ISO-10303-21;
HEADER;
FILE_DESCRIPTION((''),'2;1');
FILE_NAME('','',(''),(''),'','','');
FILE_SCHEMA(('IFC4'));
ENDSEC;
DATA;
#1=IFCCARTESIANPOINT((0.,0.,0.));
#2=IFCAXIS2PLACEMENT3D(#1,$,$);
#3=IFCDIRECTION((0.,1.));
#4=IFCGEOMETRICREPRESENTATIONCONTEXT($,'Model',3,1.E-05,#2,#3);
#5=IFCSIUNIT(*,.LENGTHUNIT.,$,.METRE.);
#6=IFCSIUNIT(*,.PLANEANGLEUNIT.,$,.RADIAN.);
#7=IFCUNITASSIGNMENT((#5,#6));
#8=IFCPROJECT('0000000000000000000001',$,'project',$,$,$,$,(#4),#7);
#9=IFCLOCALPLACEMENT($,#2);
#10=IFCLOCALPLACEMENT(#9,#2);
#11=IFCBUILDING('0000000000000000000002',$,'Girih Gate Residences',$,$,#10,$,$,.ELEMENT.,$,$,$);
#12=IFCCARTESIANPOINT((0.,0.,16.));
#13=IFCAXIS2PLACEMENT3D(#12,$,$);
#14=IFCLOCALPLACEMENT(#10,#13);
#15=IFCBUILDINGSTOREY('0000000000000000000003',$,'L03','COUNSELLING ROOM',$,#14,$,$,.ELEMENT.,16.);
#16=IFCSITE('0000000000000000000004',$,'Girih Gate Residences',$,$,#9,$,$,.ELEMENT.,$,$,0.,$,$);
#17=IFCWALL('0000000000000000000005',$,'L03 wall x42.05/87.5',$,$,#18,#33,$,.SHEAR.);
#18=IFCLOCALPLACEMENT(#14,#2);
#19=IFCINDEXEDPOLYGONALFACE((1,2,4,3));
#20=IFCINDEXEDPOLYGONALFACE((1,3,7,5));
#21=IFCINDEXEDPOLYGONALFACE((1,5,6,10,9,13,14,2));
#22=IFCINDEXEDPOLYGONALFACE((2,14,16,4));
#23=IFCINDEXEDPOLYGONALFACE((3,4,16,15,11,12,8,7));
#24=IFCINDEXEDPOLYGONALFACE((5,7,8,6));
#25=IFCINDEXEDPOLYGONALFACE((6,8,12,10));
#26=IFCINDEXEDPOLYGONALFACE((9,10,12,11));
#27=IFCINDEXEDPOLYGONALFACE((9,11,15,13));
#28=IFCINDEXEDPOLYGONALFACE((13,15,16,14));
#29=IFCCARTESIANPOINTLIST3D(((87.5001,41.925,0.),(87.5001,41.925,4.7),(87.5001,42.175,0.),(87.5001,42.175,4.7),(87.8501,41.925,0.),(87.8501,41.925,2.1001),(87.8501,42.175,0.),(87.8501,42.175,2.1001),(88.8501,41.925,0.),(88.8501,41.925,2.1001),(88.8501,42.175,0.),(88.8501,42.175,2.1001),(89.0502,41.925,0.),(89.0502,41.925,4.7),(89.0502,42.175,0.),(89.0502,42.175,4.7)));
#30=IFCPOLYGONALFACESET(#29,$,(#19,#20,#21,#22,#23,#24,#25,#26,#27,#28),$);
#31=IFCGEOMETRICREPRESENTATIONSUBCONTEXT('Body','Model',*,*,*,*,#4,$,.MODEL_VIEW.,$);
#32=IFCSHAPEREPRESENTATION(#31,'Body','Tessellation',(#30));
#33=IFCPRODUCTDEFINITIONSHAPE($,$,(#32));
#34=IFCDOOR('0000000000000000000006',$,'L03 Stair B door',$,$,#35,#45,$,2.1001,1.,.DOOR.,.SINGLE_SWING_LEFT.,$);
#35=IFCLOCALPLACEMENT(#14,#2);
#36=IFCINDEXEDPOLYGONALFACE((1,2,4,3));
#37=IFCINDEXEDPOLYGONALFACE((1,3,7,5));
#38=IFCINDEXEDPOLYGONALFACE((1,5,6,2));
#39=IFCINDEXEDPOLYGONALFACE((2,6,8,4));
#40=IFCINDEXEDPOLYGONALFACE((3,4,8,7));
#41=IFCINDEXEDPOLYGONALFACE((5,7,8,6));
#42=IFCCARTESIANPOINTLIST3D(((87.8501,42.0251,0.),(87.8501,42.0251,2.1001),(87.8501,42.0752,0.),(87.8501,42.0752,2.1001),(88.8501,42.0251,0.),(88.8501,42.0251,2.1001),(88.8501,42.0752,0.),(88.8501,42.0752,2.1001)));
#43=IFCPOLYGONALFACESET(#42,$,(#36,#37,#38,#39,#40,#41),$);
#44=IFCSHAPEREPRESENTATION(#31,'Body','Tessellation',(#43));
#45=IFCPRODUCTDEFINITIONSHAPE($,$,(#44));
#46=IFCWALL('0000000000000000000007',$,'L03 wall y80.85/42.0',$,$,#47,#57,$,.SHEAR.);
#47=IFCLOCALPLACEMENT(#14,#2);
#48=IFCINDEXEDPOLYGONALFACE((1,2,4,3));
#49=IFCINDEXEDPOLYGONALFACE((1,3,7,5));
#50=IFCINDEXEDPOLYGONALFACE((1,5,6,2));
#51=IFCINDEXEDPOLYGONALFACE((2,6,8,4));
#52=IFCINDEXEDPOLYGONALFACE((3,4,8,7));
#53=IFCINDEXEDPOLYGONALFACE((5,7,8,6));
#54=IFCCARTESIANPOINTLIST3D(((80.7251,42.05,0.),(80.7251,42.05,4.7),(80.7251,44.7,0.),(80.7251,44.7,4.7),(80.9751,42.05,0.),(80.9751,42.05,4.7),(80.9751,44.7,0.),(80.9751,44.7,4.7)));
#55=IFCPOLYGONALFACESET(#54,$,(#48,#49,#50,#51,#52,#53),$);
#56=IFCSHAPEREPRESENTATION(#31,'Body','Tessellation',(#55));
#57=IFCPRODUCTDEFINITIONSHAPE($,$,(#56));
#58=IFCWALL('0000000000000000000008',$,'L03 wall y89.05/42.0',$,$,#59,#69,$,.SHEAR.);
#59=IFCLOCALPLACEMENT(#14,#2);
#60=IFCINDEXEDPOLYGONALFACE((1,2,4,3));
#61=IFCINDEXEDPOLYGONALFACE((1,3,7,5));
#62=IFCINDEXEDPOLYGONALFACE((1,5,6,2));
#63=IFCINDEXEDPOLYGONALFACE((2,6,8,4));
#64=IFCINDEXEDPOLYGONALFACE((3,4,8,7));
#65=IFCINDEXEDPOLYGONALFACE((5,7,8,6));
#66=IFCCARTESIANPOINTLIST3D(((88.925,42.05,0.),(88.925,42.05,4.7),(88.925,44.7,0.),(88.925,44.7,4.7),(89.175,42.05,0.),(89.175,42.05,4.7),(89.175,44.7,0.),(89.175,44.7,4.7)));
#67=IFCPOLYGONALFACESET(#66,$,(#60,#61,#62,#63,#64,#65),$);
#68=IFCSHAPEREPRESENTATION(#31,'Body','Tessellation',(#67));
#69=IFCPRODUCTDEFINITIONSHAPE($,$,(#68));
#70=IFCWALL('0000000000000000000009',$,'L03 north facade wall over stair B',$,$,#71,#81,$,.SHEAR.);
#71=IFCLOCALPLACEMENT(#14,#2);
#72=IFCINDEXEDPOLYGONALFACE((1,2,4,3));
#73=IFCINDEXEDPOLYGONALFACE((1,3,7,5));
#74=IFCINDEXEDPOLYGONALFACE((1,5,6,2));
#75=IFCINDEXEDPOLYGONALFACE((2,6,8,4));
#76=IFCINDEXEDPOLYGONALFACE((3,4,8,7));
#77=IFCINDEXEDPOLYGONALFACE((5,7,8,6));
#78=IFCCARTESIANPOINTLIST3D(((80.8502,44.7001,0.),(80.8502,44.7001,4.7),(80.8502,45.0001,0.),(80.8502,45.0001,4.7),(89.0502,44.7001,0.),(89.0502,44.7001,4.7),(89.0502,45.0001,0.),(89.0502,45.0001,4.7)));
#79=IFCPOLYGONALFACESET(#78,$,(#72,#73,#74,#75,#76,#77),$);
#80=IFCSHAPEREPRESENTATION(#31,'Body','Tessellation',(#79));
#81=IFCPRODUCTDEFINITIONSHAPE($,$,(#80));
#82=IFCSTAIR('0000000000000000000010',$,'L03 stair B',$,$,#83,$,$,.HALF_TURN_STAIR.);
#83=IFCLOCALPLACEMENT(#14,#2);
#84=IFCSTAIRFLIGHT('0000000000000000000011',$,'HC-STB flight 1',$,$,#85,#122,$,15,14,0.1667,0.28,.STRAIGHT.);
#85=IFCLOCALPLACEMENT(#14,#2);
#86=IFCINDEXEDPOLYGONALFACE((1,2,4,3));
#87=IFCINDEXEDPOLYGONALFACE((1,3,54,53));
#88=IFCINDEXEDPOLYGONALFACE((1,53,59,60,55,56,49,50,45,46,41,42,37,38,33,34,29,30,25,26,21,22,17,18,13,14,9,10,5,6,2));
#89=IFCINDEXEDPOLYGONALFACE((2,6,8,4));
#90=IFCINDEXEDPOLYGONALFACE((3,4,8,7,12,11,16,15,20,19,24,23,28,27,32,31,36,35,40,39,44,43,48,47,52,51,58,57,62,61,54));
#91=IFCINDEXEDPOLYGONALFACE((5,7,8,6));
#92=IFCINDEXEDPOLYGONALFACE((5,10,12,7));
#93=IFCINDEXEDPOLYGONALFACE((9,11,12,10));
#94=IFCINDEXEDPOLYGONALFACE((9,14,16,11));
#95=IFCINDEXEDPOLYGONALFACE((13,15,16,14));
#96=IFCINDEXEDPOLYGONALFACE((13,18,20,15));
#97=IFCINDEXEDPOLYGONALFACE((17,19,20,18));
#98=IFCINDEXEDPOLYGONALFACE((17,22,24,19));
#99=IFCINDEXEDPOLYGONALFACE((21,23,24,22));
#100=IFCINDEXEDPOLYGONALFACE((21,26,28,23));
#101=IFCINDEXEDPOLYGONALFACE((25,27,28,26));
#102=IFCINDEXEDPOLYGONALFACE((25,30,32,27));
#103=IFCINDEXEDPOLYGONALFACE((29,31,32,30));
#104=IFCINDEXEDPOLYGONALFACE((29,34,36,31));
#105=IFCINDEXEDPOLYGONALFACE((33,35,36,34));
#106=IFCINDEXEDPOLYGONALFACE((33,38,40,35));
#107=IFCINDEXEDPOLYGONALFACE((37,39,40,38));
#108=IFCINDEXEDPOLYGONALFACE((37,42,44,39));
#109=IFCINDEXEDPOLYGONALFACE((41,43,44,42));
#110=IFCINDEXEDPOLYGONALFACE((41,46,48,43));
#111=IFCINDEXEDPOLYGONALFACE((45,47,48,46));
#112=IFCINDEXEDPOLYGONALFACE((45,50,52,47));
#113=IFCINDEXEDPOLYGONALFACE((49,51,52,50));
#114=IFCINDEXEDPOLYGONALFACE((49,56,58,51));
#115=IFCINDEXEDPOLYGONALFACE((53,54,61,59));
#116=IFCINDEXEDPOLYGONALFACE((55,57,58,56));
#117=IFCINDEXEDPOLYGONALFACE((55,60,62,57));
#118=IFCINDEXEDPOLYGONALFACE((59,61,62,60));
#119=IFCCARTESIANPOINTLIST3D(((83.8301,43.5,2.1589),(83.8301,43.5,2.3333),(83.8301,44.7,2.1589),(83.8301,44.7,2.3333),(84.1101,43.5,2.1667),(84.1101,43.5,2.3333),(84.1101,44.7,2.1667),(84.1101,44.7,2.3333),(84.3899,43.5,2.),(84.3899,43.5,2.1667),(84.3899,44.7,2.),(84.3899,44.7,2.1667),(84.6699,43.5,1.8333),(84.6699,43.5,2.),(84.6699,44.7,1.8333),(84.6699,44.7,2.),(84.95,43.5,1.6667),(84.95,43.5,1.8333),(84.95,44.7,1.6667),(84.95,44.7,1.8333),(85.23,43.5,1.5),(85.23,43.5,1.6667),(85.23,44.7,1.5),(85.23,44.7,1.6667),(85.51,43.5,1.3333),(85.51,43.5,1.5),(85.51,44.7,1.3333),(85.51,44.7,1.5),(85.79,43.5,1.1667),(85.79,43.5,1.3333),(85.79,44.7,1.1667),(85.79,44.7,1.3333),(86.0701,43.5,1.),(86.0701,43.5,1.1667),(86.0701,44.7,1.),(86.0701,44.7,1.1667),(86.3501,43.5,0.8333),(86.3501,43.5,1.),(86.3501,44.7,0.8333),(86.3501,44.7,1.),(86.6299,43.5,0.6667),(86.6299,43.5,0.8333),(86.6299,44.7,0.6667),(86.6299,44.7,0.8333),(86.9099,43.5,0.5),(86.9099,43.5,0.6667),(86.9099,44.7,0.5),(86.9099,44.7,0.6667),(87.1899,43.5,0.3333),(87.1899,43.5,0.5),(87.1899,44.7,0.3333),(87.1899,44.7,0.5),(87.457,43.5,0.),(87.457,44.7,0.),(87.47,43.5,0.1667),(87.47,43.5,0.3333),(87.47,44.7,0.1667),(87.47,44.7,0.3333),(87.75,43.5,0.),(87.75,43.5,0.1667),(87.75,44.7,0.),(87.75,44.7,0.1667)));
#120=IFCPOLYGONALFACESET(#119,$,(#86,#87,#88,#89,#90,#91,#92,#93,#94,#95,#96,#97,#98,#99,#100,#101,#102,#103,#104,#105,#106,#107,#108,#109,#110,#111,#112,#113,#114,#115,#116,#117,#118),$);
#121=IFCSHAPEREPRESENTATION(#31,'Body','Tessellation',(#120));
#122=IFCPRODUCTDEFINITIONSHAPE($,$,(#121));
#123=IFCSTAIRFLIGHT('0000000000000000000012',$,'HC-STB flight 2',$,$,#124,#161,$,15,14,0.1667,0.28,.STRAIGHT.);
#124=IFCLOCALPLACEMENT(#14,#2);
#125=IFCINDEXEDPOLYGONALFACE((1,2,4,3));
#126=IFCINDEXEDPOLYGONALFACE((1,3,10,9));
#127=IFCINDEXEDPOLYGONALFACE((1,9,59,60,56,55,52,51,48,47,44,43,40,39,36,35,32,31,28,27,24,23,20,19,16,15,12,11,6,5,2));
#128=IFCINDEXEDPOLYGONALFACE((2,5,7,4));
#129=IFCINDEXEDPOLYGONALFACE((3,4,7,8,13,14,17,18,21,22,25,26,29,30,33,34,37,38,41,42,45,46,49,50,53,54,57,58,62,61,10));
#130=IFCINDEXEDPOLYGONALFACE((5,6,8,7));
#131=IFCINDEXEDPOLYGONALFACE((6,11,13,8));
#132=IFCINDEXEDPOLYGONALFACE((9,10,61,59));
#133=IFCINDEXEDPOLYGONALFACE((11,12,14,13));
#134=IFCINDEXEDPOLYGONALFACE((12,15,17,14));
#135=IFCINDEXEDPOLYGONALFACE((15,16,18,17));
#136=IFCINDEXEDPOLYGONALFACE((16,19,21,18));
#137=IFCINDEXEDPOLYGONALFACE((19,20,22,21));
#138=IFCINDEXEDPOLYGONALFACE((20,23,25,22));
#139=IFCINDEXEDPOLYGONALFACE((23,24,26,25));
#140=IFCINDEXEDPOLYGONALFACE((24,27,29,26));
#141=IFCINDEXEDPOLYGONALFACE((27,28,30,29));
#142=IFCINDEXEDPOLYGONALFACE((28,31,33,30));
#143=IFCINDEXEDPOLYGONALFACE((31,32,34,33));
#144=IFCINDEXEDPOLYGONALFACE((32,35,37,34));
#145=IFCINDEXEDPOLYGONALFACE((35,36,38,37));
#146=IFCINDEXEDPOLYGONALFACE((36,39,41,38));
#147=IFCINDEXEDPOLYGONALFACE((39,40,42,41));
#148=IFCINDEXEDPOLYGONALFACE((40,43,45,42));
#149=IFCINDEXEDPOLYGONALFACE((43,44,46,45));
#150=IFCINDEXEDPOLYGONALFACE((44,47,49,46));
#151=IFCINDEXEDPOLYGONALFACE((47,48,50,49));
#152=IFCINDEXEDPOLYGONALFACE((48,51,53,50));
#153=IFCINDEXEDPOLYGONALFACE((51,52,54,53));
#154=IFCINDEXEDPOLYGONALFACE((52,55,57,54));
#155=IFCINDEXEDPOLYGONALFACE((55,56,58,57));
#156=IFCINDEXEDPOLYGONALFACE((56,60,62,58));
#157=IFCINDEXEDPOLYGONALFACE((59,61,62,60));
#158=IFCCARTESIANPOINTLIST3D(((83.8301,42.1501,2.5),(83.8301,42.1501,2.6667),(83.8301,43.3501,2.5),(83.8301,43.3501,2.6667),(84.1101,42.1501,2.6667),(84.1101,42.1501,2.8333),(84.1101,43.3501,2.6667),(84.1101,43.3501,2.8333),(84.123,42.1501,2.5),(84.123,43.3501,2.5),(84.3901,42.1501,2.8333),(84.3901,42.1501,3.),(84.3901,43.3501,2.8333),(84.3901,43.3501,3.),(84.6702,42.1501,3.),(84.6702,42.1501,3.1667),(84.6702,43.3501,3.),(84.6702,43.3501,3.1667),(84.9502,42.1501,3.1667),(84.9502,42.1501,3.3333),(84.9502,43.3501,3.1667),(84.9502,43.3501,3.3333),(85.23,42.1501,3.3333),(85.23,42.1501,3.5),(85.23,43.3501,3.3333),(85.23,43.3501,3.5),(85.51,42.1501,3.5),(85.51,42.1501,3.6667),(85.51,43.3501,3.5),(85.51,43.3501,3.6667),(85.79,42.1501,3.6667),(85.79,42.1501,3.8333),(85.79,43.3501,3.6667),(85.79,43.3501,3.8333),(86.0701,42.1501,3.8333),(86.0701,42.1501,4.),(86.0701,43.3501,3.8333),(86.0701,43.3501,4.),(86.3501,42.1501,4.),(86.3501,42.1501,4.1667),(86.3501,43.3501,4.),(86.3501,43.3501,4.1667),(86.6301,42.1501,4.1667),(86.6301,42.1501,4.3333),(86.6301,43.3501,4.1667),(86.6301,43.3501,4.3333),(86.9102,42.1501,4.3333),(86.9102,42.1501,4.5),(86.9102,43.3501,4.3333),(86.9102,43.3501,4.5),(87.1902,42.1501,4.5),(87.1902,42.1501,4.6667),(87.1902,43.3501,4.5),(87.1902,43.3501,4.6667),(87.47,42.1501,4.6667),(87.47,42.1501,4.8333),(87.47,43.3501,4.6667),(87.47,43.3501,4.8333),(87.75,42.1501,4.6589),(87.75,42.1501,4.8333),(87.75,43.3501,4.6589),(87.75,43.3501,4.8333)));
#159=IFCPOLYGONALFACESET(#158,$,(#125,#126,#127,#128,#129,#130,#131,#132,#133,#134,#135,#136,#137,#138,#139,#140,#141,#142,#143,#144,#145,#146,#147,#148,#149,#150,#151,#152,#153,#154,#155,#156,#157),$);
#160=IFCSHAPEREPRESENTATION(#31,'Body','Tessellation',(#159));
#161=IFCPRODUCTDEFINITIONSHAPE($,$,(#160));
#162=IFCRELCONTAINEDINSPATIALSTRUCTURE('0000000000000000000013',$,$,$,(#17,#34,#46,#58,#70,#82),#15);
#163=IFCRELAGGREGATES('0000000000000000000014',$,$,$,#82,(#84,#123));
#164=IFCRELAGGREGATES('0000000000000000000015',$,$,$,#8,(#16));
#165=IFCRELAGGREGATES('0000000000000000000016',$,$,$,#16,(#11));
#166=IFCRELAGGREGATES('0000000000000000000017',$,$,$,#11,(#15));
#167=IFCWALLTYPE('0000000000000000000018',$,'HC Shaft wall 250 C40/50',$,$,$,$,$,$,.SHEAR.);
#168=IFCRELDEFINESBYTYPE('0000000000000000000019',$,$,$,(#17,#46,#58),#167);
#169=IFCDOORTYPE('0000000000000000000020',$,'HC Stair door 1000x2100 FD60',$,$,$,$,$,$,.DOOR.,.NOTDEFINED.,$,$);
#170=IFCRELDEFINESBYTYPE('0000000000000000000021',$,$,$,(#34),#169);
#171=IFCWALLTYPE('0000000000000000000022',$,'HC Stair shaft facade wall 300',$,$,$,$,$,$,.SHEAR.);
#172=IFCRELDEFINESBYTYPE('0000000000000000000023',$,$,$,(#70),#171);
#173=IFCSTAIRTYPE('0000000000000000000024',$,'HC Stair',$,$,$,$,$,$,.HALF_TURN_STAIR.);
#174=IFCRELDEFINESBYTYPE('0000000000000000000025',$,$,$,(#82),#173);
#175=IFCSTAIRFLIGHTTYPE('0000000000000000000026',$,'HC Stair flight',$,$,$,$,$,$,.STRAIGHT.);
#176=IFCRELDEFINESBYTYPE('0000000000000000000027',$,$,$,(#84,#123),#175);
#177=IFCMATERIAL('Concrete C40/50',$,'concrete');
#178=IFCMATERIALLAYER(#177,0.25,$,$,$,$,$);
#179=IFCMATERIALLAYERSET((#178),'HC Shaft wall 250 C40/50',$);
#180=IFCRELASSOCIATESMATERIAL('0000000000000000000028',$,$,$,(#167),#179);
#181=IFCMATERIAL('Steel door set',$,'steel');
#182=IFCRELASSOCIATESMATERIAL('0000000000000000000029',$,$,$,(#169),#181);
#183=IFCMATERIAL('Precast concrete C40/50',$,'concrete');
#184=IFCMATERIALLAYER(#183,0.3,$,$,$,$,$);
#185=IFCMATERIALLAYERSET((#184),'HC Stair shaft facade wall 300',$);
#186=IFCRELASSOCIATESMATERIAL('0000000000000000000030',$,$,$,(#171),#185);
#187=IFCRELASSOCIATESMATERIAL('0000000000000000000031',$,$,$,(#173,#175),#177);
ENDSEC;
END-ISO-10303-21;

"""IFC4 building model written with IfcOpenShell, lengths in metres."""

from ifc_helpers import new_model, si_unit, direction, frame, frame_2d, origin, place, context, subcontext, project, spatial, polyline, rectangle, outline, extrude, material, layer, layer_set, type_object, element, fill, aggregate, save


model = new_model("IFC4")

# Units and contexts
model_context = context("Model", 3, precision=1e-05, world=origin(), true_north=direction((0.0, 1.0)))
body_context = subcontext(model_context, "Body", "Model", "MODEL_VIEW")
ifc_project = project(units=[si_unit("LENGTHUNIT", "METRE"), si_unit("PLANEANGLEUNIT", "RADIAN")], contexts=[model_context])

# Site, building, storey
site_placement = place(None, origin())
site = spatial("IfcSite", under=ifc_project, at=site_placement, Name="Girih Gate Residences", CompositionType="ELEMENT", RefElevation=0.0)
building_placement = place(site_placement, origin())
building = spatial("IfcBuilding", under=site, at=building_placement, Name="Girih Gate Residences", CompositionType="ELEMENT")
storey_placement = place(building_placement, frame((0.0, 0.0, 16.0)))
storey = spatial("IfcBuildingStorey", under=building, at=storey_placement, Name="L03", Description="COUNSELLING ROOM", CompositionType="ELEMENT", Elevation=16.0)

# Shared definitions
ifc_material_1 = material(Name="Precast concrete C40/50", Category="concrete")
ifc_material_2 = material(Name="Concrete C40/50", Category="concrete")
ifc_layer_1 = layer(ifc_material_2, 0.25)
ifc_layer_set_1 = layer_set([ifc_layer_1], Name="HC Shaft wall 250 C40/50")
wall_type_1 = type_object("IfcWallType", Name="HC Shaft wall 250 C40/50", PredefinedType="SHEAR", material=ifc_layer_set_1)

# Wall, opening, door
wall_1_placement = place(storey_placement, frame((89.05, 42.05, 0.0), z_axis=(0.0, 0.0, 1.0), x_axis=(-1.0, 0.0, 0.0)))
wall_1 = element("IfcWall", 1, at=wall_1_placement, inside=storey, type_object=wall_type_1, Name="L03 wall x42.05/87.5", PredefinedType="SHEAR", context=body_context, shape_type="SweptSolid", body=[
    extrude(rectangle(XDim=1.55, YDim=0.25, at=frame_2d((0.7749, 0.0))), origin(), (0.0, 0.0, 1.0), 4.7),
])
opening_1_placement = place(wall_1_placement, frame((0.2, 0.0, 0.0)))
opening_1 = element("IfcOpeningElement", 2, at=opening_1_placement, cuts=wall_1, PredefinedType="OPENING", context=body_context, shape_type="SweptSolid", body=[
    extrude(rectangle(XDim=1.0, YDim=2.1001, at=frame_2d((0.5, 1.05))), frame((0.0, 0.135, 0.0), z_axis=(0.0, -1.0, 0.0), x_axis=(1.0, 0.0, 0.0)), (0.0, 0.0, 1.0), 0.27),
])
ifc_material_3 = material(Name="Steel door set", Category="steel")
door_type_1 = type_object("IfcDoorType", Name="HC Stair door 1000x2100 FD60", OperationType="NOTDEFINED", PredefinedType="DOOR", material=ifc_material_3)
door_1_placement = place(opening_1_placement, origin())
door_1 = element("IfcDoor", 3, at=door_1_placement, inside=storey, type_object=door_type_1, Name="L03 Stair B door", OperationType="SINGLE_SWING_LEFT", OverallHeight=2.1001, OverallWidth=1.0, PredefinedType="DOOR", context=body_context, shape_type="SweptSolid", body=[
    extrude(rectangle(XDim=1.0, YDim=2.1001, at=frame_2d((0.5, 1.05))), frame((0.0, 0.0249, 0.0), z_axis=(0.0, -1.0, 0.0), x_axis=(1.0, 0.0, 0.0)), (0.0, 0.0, 1.0), 0.05),
])
fill(opening_1, door_1)

# Walls
for number, where, z_axis, x_axis, name in (
    (4, (80.8501, 42.05, 0.0), (0.0, 0.0, 1.0), (0.0, 1.0, 0.0), "L03 wall y80.85/42.0"),
    (5, (89.05, 42.05, 0.0), (0.0, 0.0, 1.0), (0.0, 1.0, 0.0), "L03 wall y89.05/42.0"),
):
    element("IfcWall", number, at=place(storey_placement, frame(where, z_axis=z_axis, x_axis=x_axis)), inside=storey, type_object=wall_type_1, Name=name, PredefinedType="SHEAR", context=body_context, shape_type="SweptSolid", body=[
        extrude(rectangle(XDim=2.6499, YDim=0.25, at=frame_2d((1.325, 0.0))), origin(), (0.0, 0.0, 1.0), 4.7),
    ])
ifc_layer_2 = layer(ifc_material_1, 0.3)
ifc_layer_set_2 = layer_set([ifc_layer_2], Name="HC Stair shaft facade wall 300")
wall_type_2 = type_object("IfcWallType", Name="HC Stair shaft facade wall 300", PredefinedType="SHEAR", material=ifc_layer_set_2)
wall_2_placement = place(storey_placement, frame((80.8501, 44.8501, 0.0), z_axis=(0.0, 0.0, 1.0), x_axis=(1.0, 0.0, 0.0)))
element("IfcWall", 6, at=wall_2_placement, inside=storey, type_object=wall_type_2, Name="L03 north facade wall over stair B", PredefinedType="SHEAR", context=body_context, shape_type="SweptSolid", body=[
    extrude(rectangle(XDim=8.2, YDim=0.3, at=frame_2d((4.1001, 0.0))), origin(), (0.0, 0.0, 1.0), 4.7),
])

# Stair, stair flights
stair_type = type_object("IfcStairType", Name="HC Stair", PredefinedType="HALF_TURN_STAIR", material=ifc_material_2)
stair_placement = place(storey_placement, origin())
stair = element("IfcStair", 7, at=stair_placement, inside=storey, type_object=stair_type, Name="L03 stair B", PredefinedType="HALF_TURN_STAIR")
stair_flight_type = type_object("IfcStairFlightType", Name="HC Stair flight", PredefinedType="STRAIGHT", material=ifc_material_2)
stair_flight_1_placement = place(storey_placement, frame((87.75, 44.1001, 0.0), z_axis=(0.0, 0.0, 1.0), x_axis=(-1.0, 0.0, 0.0)))
stair_flight_1 = element("IfcStairFlight", 8, at=stair_flight_1_placement, type_object=stair_flight_type, Name="HC-STB flight 1", NumberOfRisers=15, NumberOfTreads=14, PredefinedType="STRAIGHT", RiserHeight=0.1667, TreadLength=0.28, context=body_context, shape_type="SweptSolid", body=[
    extrude(outline(polyline([(0.0, 0.0), (0.0, 0.1667), (0.28, 0.1667), (0.28, 0.3333), (0.5601, 0.3333), (0.5601, 0.5), (0.8401, 0.5), (0.8401, 0.6667), (1.1201, 0.6667), (1.1201, 0.8333), (1.3999, 0.8333), (1.3999, 1.0), (1.6799, 1.0), (1.6799, 1.1667), (1.96, 1.1667), (1.96, 1.3333), (2.24, 1.3333), (2.24, 1.5), (2.52, 1.5), (2.52, 1.6667), (2.8, 1.6667), (2.8, 1.8333), (3.0801, 1.8333), (3.0801, 2.0), (3.3601, 2.0), (3.3601, 2.1667), (3.6399, 2.1667), (3.6399, 2.3333), (3.9199, 2.3333), (3.9199, 2.5), (3.9199, 2.1589), (0.293, 0.0), (0.0, 0.0)])), frame((0.0, 0.6001, 0.0), z_axis=(0.0, -1.0, 0.0), x_axis=(1.0, 0.0, 0.0)), (0.0, 0.0, 1.0), 1.2),
])
stair_flight_2_placement = place(storey_placement, frame((83.8301, 42.75, 2.5), z_axis=(0.0, 0.0, 1.0), x_axis=(1.0, 0.0, 0.0)))
stair_flight_2 = element("IfcStairFlight", 9, at=stair_flight_2_placement, type_object=stair_flight_type, Name="HC-STB flight 2", NumberOfRisers=15, NumberOfTreads=14, PredefinedType="STRAIGHT", RiserHeight=0.1667, TreadLength=0.28, context=body_context, shape_type="SweptSolid", body=[
    extrude(outline(polyline([(0.0, 0.0), (0.0, 0.1667), (0.28, 0.1667), (0.28, 0.3333), (0.5601, 0.3333), (0.5601, 0.5), (0.8401, 0.5), (0.8401, 0.6667), (1.1201, 0.6667), (1.1201, 0.8333), (1.3999, 0.8333), (1.3999, 1.0), (1.6799, 1.0), (1.6799, 1.1667), (1.96, 1.1667), (1.96, 1.3333), (2.24, 1.3333), (2.24, 1.5), (2.52, 1.5), (2.52, 1.6667), (2.8, 1.6667), (2.8, 1.8333), (3.0801, 1.8333), (3.0801, 2.0), (3.3601, 2.0), (3.3601, 2.1667), (3.6399, 2.1667), (3.6399, 2.3333), (3.9199, 2.3333), (3.9199, 2.5), (3.9199, 2.1589), (0.293, 0.0), (0.0, 0.0)])), frame((0.0, 0.6001, 0.0), z_axis=(0.0, -1.0, 0.0), x_axis=(1.0, 0.0, 0.0)), (0.0, 0.0, 1.0), 1.2),
])
aggregate(stair, [stair_flight_1, stair_flight_2])

save(model, "model.ifc")
